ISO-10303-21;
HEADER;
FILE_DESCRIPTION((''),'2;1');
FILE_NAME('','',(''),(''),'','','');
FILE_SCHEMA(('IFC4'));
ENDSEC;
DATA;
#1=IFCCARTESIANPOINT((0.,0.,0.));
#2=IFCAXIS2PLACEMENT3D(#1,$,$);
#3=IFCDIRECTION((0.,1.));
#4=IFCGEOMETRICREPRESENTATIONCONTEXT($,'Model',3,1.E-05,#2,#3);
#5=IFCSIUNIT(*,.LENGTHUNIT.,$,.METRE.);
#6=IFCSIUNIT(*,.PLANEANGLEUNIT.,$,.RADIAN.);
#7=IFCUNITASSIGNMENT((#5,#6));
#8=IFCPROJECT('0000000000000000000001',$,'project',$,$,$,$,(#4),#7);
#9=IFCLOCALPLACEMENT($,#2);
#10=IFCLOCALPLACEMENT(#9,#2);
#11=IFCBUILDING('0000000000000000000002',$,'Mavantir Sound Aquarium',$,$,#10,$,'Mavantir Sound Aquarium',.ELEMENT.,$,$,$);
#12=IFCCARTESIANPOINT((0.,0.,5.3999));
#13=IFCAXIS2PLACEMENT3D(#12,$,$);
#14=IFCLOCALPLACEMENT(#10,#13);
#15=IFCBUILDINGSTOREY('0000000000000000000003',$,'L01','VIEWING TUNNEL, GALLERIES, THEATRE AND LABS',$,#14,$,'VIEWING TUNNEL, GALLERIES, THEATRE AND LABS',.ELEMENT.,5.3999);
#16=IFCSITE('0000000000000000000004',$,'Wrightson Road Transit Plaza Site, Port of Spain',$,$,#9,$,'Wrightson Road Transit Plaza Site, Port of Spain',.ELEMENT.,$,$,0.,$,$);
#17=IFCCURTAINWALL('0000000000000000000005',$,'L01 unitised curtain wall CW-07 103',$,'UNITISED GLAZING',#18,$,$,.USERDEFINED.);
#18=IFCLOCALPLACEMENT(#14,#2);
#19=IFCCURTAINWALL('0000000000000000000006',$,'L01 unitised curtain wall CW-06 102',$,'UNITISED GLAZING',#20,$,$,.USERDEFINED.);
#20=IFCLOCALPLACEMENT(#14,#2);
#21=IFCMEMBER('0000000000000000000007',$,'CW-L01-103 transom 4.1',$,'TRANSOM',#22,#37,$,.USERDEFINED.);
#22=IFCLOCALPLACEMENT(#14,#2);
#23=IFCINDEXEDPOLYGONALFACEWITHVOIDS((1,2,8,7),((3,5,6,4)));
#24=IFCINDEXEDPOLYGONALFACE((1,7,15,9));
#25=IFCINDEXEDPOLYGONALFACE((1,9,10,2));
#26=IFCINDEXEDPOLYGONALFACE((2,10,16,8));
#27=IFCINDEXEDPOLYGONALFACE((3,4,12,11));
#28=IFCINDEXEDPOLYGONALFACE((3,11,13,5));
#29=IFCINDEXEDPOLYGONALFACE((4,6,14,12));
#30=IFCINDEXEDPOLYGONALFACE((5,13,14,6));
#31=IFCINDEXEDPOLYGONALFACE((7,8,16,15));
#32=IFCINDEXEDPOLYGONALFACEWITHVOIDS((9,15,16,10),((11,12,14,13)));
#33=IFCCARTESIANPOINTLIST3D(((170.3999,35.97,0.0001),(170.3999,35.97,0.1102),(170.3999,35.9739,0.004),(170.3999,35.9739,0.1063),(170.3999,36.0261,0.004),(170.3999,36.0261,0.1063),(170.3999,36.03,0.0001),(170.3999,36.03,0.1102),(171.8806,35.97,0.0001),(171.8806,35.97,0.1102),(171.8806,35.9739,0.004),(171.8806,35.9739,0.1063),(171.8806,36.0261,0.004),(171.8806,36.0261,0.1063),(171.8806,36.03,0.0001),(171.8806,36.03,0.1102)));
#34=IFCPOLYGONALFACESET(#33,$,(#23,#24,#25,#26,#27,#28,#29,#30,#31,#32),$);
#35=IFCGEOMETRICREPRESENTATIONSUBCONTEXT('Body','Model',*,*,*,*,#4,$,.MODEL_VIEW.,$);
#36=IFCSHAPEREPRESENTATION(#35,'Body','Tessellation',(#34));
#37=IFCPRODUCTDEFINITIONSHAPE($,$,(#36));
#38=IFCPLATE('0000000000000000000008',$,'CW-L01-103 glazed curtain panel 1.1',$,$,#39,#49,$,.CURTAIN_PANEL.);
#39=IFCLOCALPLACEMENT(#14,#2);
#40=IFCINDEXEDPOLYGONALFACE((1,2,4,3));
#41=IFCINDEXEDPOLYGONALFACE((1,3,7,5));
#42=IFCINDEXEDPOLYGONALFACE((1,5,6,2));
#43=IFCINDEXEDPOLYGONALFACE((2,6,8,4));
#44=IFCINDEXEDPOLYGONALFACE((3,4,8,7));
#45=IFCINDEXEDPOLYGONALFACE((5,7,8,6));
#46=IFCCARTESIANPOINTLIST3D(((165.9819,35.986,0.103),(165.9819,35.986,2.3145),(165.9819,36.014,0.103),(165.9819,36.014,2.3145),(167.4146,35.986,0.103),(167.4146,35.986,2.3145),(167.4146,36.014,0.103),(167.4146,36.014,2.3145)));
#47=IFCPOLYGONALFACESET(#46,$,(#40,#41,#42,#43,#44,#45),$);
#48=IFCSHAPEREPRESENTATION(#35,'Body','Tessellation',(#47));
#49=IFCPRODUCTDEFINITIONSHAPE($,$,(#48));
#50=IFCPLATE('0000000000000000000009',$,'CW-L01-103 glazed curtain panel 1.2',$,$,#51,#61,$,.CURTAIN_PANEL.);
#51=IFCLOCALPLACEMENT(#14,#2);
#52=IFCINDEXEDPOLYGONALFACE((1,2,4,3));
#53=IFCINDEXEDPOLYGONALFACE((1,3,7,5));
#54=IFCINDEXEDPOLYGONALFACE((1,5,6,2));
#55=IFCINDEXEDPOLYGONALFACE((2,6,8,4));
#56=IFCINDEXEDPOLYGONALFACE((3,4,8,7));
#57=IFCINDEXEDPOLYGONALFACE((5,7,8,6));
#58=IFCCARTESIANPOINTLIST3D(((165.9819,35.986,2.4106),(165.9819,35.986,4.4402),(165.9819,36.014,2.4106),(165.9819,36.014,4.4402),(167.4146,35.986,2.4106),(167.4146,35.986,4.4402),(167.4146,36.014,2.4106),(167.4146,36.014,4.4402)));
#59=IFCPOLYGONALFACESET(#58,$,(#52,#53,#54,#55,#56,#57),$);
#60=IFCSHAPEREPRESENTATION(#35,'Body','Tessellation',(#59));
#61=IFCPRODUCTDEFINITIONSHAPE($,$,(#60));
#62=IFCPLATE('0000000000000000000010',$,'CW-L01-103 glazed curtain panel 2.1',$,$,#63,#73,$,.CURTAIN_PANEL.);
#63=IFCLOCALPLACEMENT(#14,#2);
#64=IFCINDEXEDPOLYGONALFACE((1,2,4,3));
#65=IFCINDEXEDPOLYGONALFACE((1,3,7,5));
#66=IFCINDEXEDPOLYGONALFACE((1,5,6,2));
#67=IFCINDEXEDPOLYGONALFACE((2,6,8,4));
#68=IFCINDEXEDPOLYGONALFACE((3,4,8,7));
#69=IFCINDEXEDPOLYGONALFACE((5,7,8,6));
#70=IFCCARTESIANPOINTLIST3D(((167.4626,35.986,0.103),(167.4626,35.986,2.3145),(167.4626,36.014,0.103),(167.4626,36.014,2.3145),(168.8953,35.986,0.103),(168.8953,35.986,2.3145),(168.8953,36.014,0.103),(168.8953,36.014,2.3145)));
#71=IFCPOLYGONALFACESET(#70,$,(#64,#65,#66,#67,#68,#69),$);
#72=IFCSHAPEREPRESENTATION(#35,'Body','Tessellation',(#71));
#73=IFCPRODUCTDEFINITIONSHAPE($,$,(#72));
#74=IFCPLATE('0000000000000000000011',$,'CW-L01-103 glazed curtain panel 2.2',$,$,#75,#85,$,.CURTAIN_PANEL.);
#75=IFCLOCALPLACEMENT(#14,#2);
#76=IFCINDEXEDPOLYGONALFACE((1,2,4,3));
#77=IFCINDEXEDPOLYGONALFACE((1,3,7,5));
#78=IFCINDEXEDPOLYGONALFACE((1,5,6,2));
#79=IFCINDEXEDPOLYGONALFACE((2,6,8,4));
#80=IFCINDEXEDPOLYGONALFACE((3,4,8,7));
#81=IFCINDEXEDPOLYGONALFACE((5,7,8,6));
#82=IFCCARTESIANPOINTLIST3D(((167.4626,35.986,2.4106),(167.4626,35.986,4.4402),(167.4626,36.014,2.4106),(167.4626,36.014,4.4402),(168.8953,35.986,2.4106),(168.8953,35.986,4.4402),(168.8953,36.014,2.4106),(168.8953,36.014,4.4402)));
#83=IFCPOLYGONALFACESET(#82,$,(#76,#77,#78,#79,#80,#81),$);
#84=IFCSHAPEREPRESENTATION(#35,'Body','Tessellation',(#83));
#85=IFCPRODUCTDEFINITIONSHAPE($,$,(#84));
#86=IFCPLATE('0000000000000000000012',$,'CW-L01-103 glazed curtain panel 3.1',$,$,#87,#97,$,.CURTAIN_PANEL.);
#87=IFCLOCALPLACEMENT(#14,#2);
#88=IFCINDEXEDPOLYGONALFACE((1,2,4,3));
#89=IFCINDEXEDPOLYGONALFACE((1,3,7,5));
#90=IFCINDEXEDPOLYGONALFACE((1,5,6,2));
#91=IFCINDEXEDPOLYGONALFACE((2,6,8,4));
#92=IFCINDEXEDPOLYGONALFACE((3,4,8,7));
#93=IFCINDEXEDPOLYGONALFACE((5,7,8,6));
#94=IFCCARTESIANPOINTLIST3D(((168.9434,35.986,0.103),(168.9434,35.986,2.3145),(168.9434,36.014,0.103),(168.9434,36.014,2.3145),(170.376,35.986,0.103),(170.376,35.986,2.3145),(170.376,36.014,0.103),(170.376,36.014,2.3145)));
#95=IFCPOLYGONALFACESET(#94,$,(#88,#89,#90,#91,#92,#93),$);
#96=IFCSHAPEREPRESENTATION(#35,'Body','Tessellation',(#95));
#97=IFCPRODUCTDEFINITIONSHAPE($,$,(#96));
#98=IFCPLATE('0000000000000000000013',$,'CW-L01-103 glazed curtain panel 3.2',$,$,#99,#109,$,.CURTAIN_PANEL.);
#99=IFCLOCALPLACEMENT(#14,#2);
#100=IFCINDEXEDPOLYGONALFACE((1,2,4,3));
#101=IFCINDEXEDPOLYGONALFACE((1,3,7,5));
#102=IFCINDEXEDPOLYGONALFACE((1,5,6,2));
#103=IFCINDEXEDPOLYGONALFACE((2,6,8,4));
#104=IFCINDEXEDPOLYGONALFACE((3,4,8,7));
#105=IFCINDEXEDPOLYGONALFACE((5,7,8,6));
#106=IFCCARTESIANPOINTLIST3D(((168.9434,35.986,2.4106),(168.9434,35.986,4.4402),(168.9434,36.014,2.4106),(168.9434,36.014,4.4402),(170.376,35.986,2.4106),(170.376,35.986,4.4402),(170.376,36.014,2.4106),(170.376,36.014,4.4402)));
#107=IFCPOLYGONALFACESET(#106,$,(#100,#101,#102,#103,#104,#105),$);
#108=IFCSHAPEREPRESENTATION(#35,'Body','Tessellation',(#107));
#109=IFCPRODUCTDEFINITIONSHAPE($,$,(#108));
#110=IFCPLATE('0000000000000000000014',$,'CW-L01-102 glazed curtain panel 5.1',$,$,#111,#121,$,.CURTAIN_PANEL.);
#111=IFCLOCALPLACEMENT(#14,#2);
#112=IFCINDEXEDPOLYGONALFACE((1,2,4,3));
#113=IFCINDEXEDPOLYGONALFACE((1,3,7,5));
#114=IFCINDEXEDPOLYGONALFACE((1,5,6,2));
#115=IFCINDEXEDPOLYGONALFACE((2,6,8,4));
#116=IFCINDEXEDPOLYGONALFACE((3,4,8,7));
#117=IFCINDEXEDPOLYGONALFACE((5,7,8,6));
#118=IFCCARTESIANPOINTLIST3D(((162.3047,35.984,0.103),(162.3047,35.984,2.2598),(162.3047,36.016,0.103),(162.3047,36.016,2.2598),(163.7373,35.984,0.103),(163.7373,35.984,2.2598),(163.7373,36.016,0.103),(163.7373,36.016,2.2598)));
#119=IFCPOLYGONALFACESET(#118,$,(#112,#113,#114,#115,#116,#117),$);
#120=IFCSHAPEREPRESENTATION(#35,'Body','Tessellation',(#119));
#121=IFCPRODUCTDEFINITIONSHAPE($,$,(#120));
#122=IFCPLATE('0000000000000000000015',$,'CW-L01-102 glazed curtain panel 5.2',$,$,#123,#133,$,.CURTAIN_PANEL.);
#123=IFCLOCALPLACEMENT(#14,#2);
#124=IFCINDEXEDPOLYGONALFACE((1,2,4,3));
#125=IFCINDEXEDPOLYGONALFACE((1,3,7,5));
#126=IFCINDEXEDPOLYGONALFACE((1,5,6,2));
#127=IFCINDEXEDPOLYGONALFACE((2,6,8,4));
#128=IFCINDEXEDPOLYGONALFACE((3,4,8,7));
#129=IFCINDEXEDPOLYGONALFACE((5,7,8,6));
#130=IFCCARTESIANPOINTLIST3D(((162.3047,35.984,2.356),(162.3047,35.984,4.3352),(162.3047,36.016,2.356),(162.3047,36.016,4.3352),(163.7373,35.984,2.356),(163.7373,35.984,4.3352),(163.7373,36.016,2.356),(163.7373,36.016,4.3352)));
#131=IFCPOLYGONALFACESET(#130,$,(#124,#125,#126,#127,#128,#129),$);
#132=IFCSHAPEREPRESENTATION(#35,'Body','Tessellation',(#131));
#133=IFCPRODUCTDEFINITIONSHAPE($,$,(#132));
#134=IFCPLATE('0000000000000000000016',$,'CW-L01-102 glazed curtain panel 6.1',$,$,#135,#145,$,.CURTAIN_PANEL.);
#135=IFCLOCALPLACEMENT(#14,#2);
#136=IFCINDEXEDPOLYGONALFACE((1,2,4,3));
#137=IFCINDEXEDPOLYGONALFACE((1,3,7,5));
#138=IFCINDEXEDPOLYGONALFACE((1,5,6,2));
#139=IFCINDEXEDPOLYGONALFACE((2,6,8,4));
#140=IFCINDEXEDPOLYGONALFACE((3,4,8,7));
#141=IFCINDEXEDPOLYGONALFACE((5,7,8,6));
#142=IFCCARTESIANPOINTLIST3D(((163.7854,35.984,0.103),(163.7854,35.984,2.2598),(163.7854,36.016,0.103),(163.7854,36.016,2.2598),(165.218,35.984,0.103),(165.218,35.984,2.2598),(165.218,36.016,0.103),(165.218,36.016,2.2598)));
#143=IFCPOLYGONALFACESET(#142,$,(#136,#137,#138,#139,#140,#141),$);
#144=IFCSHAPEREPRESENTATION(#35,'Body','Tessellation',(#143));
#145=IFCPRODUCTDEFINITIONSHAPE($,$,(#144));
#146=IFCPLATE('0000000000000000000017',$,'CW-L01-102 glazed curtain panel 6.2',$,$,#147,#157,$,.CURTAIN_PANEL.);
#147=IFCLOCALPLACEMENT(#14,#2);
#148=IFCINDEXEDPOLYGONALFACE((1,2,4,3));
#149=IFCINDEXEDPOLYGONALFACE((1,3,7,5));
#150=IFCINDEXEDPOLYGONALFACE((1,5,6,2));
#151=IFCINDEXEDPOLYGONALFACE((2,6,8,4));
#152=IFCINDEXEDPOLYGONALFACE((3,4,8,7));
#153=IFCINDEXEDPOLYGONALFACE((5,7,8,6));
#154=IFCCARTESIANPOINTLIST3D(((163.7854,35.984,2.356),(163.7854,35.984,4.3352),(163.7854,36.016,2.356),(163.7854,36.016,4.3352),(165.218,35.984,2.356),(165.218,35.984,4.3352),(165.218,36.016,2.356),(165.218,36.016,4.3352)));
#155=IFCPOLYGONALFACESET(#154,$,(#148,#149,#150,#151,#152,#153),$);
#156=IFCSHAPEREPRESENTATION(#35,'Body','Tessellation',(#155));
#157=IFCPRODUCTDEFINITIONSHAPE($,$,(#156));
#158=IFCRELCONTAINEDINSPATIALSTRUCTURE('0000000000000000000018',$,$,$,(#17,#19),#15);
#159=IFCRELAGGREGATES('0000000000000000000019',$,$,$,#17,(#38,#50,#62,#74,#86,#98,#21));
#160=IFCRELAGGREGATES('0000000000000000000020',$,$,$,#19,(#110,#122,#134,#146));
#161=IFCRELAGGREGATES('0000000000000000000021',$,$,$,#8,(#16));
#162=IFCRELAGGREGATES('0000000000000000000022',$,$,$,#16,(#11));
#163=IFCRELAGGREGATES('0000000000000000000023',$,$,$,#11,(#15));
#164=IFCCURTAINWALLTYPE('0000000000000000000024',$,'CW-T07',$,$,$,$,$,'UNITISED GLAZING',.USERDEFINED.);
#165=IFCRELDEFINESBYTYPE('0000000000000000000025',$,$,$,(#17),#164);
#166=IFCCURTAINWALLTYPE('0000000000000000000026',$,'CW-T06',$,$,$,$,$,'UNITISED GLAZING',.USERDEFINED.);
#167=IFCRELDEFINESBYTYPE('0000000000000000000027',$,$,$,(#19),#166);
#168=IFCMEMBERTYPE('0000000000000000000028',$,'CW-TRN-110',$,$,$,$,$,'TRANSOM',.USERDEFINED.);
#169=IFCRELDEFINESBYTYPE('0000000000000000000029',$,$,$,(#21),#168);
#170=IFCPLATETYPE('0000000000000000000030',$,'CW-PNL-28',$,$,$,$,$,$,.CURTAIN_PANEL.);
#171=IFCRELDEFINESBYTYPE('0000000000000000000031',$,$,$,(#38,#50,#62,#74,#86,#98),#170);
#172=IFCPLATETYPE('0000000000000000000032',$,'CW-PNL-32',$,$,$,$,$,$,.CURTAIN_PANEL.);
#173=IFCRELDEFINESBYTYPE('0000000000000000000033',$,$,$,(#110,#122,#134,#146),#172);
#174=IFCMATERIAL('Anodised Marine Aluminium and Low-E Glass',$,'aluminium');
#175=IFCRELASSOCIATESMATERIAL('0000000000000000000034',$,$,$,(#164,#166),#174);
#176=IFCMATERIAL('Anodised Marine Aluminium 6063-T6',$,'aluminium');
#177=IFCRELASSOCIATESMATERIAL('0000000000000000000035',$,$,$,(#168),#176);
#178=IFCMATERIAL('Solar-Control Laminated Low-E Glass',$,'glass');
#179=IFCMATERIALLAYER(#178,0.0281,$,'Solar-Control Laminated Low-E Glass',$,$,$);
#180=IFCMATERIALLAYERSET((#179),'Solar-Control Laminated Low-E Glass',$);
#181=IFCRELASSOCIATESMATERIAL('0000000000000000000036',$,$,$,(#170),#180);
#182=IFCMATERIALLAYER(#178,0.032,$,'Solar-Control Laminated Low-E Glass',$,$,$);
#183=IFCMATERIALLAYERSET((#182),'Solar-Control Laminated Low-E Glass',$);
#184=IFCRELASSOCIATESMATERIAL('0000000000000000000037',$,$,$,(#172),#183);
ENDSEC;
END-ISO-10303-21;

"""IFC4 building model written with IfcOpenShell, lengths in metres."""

from ifc_helpers import new_model, si_unit, direction, frame, origin, origin_2d, place, context, subcontext, project, spatial, rectangle, hollow_rectangle, extrude, material, layer, layer_set, material_profile, profile_set, type_object, element, aggregate, save


model = new_model("IFC4")

# Units and contexts
model_context = context("Model", 3, precision=1e-05, world=origin(), true_north=direction((0.0, 1.0)))
body_context = subcontext(model_context, "Body", "Model", "MODEL_VIEW")
ifc_project = project(units=[si_unit("LENGTHUNIT", "METRE"), si_unit("PLANEANGLEUNIT", "RADIAN")], contexts=[model_context])

# Site, building, storey
site_placement = place(None, origin())
site = spatial("IfcSite", under=ifc_project, at=site_placement, Name="Wrightson Road Transit Plaza Site, Port of Spain", LongName="Wrightson Road Transit Plaza Site, Port of Spain", CompositionType="ELEMENT", RefElevation=0.0)
building_placement = place(site_placement, origin())
building = spatial("IfcBuilding", under=site, at=building_placement, Name="Mavantir Sound Aquarium", LongName="Mavantir Sound Aquarium", CompositionType="ELEMENT")
storey_placement = place(building_placement, frame((0.0, 0.0, 5.3999)))
storey = spatial("IfcBuildingStorey", under=building, at=storey_placement, Name="L01", Description="VIEWING TUNNEL, GALLERIES, THEATRE AND LABS", LongName="VIEWING TUNNEL, GALLERIES, THEATRE AND LABS", CompositionType="ELEMENT", Elevation=5.3999)

# Curtain walls
ifc_material_1 = material(Name="Anodised Marine Aluminium and Low-E Glass", Category="aluminium")
curtain_wall_type_1 = type_object("IfcCurtainWallType", Name="CW-T07", ElementType="UNITISED GLAZING", PredefinedType="USERDEFINED", material=ifc_material_1)
curtain_wall_1_placement = place(storey_placement, origin())
curtain_wall_1 = element("IfcCurtainWall", 1, at=curtain_wall_1_placement, inside=storey, type_object=curtain_wall_type_1, Name="L01 unitised curtain wall CW-07 103", ObjectType="UNITISED GLAZING", PredefinedType="USERDEFINED")
ifc_material_2 = material(Name="Anodised Marine Aluminium 6063-T6", Category="aluminium")
curtain_wall_type_2 = type_object("IfcCurtainWallType", Name="CW-T06", ElementType="UNITISED GLAZING", PredefinedType="USERDEFINED", material=ifc_material_1)
curtain_wall_2_placement = place(storey_placement, origin())
curtain_wall_2 = element("IfcCurtainWall", 2, at=curtain_wall_2_placement, inside=storey, type_object=curtain_wall_type_2, Name="L01 unitised curtain wall CW-06 102", ObjectType="UNITISED GLAZING", PredefinedType="USERDEFINED")
ifc_material_profile_1 = material_profile(ifc_material_2, hollow_rectangle(XDim=0.0601, YDim=0.1101, WallThickness=0.0039, at=origin_2d()), Name="ALU-TRANSOM-110X60")
ifc_profile_set_1 = profile_set([ifc_material_profile_1], Name="Anodised Marine Aluminium 6063-T6")
member_type_1 = type_object("IfcMemberType", Name="CW-TRN-110", ElementType="TRANSOM", PredefinedType="USERDEFINED", material=ifc_profile_set_1)

# Member
member_1_placement = place(storey_placement, frame((170.3999, 36.0, 0.0552), z_axis=(1.0, 0.0, 0.0), x_axis=(0.0, 1.0, 0.0)))
member_1 = element("IfcMember", 3, at=member_1_placement, type_object=member_type_1, Name="CW-L01-103 transom 4.1", ObjectType="TRANSOM", PredefinedType="USERDEFINED", context=body_context, shape_type="SweptSolid", body=[
    extrude(hollow_rectangle(XDim=0.0601, YDim=0.1101, WallThickness=0.0039, at=origin_2d()), origin(), (0.0, 0.0, 1.0), 1.4807),
])

# Plates
ifc_material_3 = material(Name="Solar-Control Laminated Low-E Glass", Category="glass")
ifc_layer_1 = layer(ifc_material_3, 0.0281, Name="Solar-Control Laminated Low-E Glass")
ifc_layer_set_1 = layer_set([ifc_layer_1], Name="Solar-Control Laminated Low-E Glass")
plate_type_1 = type_object("IfcPlateType", Name="CW-PNL-28", PredefinedType="CURTAIN_PANEL", material=ifc_layer_set_1)
plate_1_placement = place(storey_placement, frame((166.6982, 36.0, 0.103), z_axis=(0.0, 0.0, 1.0), x_axis=(1.0, 0.0, 0.0)))
plate_1 = element("IfcPlate", 4, at=plate_1_placement, type_object=plate_type_1, Name="CW-L01-103 glazed curtain panel 1.1", PredefinedType="CURTAIN_PANEL", context=body_context, shape_type="SweptSolid", body=[
    extrude(rectangle(XDim=1.4326, YDim=0.0281, at=origin_2d()), origin(), (0.0, 0.0, 1.0), 2.2114),
])
plate_2_placement = place(storey_placement, frame((166.6982, 36.0, 2.4106), z_axis=(0.0, 0.0, 1.0), x_axis=(1.0, 0.0, 0.0)))
plate_2 = element("IfcPlate", 5, at=plate_2_placement, type_object=plate_type_1, Name="CW-L01-103 glazed curtain panel 1.2", PredefinedType="CURTAIN_PANEL", context=body_context, shape_type="SweptSolid", body=[
    extrude(rectangle(XDim=1.4326, YDim=0.0281, at=origin_2d()), origin(), (0.0, 0.0, 1.0), 2.0295),
])
plate_3_placement = place(storey_placement, frame((168.179, 36.0, 0.103), z_axis=(0.0, 0.0, 1.0), x_axis=(1.0, 0.0, 0.0)))
plate_3 = element("IfcPlate", 6, at=plate_3_placement, type_object=plate_type_1, Name="CW-L01-103 glazed curtain panel 2.1", PredefinedType="CURTAIN_PANEL", context=body_context, shape_type="SweptSolid", body=[
    extrude(rectangle(XDim=1.4326, YDim=0.0281, at=origin_2d()), origin(), (0.0, 0.0, 1.0), 2.2114),
])
plate_4_placement = place(storey_placement, frame((168.179, 36.0, 2.4106), z_axis=(0.0, 0.0, 1.0), x_axis=(1.0, 0.0, 0.0)))
plate_4 = element("IfcPlate", 7, at=plate_4_placement, type_object=plate_type_1, Name="CW-L01-103 glazed curtain panel 2.2", PredefinedType="CURTAIN_PANEL", context=body_context, shape_type="SweptSolid", body=[
    extrude(rectangle(XDim=1.4326, YDim=0.0281, at=origin_2d()), origin(), (0.0, 0.0, 1.0), 2.0295),
])
plate_5_placement = place(storey_placement, frame((169.6597, 36.0, 0.103), z_axis=(0.0, 0.0, 1.0), x_axis=(1.0, 0.0, 0.0)))
plate_5 = element("IfcPlate", 8, at=plate_5_placement, type_object=plate_type_1, Name="CW-L01-103 glazed curtain panel 3.1", PredefinedType="CURTAIN_PANEL", context=body_context, shape_type="SweptSolid", body=[
    extrude(rectangle(XDim=1.4326, YDim=0.0281, at=origin_2d()), origin(), (0.0, 0.0, 1.0), 2.2114),
])
plate_6_placement = place(storey_placement, frame((169.6597, 36.0, 2.4106), z_axis=(0.0, 0.0, 1.0), x_axis=(1.0, 0.0, 0.0)))
plate_6 = element("IfcPlate", 9, at=plate_6_placement, type_object=plate_type_1, Name="CW-L01-103 glazed curtain panel 3.2", PredefinedType="CURTAIN_PANEL", context=body_context, shape_type="SweptSolid", body=[
    extrude(rectangle(XDim=1.4326, YDim=0.0281, at=origin_2d()), origin(), (0.0, 0.0, 1.0), 2.0295),
])
aggregate(curtain_wall_1, [plate_1, plate_2, plate_3, plate_4, plate_5, plate_6, member_1])
ifc_layer_2 = layer(ifc_material_3, 0.032, Name="Solar-Control Laminated Low-E Glass")
ifc_layer_set_2 = layer_set([ifc_layer_2], Name="Solar-Control Laminated Low-E Glass")
plate_type_2 = type_object("IfcPlateType", Name="CW-PNL-32", PredefinedType="CURTAIN_PANEL", material=ifc_layer_set_2)
plate_7_placement = place(storey_placement, frame((163.021, 36.0, 0.103), z_axis=(0.0, 0.0, 1.0), x_axis=(1.0, 0.0, 0.0)))
plate_7 = element("IfcPlate", 10, at=plate_7_placement, type_object=plate_type_2, Name="CW-L01-102 glazed curtain panel 5.1", PredefinedType="CURTAIN_PANEL", context=body_context, shape_type="SweptSolid", body=[
    extrude(rectangle(XDim=1.4326, YDim=0.032, at=origin_2d()), origin(), (0.0, 0.0, 1.0), 2.1567),
])
plate_8_placement = place(storey_placement, frame((163.021, 36.0, 2.356), z_axis=(0.0, 0.0, 1.0), x_axis=(1.0, 0.0, 0.0)))
plate_8 = element("IfcPlate", 11, at=plate_8_placement, type_object=plate_type_2, Name="CW-L01-102 glazed curtain panel 5.2", PredefinedType="CURTAIN_PANEL", context=body_context, shape_type="SweptSolid", body=[
    extrude(rectangle(XDim=1.4326, YDim=0.032, at=origin_2d()), origin(), (0.0, 0.0, 1.0), 1.9792),
])
plate_9_placement = place(storey_placement, frame((164.5017, 36.0, 0.103), z_axis=(0.0, 0.0, 1.0), x_axis=(1.0, 0.0, 0.0)))
plate_9 = element("IfcPlate", 12, at=plate_9_placement, type_object=plate_type_2, Name="CW-L01-102 glazed curtain panel 6.1", PredefinedType="CURTAIN_PANEL", context=body_context, shape_type="SweptSolid", body=[
    extrude(rectangle(XDim=1.4326, YDim=0.032, at=origin_2d()), origin(), (0.0, 0.0, 1.0), 2.1567),
])
plate_10_placement = place(storey_placement, frame((164.5017, 36.0, 2.356), z_axis=(0.0, 0.0, 1.0), x_axis=(1.0, 0.0, 0.0)))
plate_10 = element("IfcPlate", 13, at=plate_10_placement, type_object=plate_type_2, Name="CW-L01-102 glazed curtain panel 6.2", PredefinedType="CURTAIN_PANEL", context=body_context, shape_type="SweptSolid", body=[
    extrude(rectangle(XDim=1.4326, YDim=0.032, at=origin_2d()), origin(), (0.0, 0.0, 1.0), 1.9792),
])
aggregate(curtain_wall_2, [plate_7, plate_8, plate_9, plate_10])

save(model, "model.ifc")
